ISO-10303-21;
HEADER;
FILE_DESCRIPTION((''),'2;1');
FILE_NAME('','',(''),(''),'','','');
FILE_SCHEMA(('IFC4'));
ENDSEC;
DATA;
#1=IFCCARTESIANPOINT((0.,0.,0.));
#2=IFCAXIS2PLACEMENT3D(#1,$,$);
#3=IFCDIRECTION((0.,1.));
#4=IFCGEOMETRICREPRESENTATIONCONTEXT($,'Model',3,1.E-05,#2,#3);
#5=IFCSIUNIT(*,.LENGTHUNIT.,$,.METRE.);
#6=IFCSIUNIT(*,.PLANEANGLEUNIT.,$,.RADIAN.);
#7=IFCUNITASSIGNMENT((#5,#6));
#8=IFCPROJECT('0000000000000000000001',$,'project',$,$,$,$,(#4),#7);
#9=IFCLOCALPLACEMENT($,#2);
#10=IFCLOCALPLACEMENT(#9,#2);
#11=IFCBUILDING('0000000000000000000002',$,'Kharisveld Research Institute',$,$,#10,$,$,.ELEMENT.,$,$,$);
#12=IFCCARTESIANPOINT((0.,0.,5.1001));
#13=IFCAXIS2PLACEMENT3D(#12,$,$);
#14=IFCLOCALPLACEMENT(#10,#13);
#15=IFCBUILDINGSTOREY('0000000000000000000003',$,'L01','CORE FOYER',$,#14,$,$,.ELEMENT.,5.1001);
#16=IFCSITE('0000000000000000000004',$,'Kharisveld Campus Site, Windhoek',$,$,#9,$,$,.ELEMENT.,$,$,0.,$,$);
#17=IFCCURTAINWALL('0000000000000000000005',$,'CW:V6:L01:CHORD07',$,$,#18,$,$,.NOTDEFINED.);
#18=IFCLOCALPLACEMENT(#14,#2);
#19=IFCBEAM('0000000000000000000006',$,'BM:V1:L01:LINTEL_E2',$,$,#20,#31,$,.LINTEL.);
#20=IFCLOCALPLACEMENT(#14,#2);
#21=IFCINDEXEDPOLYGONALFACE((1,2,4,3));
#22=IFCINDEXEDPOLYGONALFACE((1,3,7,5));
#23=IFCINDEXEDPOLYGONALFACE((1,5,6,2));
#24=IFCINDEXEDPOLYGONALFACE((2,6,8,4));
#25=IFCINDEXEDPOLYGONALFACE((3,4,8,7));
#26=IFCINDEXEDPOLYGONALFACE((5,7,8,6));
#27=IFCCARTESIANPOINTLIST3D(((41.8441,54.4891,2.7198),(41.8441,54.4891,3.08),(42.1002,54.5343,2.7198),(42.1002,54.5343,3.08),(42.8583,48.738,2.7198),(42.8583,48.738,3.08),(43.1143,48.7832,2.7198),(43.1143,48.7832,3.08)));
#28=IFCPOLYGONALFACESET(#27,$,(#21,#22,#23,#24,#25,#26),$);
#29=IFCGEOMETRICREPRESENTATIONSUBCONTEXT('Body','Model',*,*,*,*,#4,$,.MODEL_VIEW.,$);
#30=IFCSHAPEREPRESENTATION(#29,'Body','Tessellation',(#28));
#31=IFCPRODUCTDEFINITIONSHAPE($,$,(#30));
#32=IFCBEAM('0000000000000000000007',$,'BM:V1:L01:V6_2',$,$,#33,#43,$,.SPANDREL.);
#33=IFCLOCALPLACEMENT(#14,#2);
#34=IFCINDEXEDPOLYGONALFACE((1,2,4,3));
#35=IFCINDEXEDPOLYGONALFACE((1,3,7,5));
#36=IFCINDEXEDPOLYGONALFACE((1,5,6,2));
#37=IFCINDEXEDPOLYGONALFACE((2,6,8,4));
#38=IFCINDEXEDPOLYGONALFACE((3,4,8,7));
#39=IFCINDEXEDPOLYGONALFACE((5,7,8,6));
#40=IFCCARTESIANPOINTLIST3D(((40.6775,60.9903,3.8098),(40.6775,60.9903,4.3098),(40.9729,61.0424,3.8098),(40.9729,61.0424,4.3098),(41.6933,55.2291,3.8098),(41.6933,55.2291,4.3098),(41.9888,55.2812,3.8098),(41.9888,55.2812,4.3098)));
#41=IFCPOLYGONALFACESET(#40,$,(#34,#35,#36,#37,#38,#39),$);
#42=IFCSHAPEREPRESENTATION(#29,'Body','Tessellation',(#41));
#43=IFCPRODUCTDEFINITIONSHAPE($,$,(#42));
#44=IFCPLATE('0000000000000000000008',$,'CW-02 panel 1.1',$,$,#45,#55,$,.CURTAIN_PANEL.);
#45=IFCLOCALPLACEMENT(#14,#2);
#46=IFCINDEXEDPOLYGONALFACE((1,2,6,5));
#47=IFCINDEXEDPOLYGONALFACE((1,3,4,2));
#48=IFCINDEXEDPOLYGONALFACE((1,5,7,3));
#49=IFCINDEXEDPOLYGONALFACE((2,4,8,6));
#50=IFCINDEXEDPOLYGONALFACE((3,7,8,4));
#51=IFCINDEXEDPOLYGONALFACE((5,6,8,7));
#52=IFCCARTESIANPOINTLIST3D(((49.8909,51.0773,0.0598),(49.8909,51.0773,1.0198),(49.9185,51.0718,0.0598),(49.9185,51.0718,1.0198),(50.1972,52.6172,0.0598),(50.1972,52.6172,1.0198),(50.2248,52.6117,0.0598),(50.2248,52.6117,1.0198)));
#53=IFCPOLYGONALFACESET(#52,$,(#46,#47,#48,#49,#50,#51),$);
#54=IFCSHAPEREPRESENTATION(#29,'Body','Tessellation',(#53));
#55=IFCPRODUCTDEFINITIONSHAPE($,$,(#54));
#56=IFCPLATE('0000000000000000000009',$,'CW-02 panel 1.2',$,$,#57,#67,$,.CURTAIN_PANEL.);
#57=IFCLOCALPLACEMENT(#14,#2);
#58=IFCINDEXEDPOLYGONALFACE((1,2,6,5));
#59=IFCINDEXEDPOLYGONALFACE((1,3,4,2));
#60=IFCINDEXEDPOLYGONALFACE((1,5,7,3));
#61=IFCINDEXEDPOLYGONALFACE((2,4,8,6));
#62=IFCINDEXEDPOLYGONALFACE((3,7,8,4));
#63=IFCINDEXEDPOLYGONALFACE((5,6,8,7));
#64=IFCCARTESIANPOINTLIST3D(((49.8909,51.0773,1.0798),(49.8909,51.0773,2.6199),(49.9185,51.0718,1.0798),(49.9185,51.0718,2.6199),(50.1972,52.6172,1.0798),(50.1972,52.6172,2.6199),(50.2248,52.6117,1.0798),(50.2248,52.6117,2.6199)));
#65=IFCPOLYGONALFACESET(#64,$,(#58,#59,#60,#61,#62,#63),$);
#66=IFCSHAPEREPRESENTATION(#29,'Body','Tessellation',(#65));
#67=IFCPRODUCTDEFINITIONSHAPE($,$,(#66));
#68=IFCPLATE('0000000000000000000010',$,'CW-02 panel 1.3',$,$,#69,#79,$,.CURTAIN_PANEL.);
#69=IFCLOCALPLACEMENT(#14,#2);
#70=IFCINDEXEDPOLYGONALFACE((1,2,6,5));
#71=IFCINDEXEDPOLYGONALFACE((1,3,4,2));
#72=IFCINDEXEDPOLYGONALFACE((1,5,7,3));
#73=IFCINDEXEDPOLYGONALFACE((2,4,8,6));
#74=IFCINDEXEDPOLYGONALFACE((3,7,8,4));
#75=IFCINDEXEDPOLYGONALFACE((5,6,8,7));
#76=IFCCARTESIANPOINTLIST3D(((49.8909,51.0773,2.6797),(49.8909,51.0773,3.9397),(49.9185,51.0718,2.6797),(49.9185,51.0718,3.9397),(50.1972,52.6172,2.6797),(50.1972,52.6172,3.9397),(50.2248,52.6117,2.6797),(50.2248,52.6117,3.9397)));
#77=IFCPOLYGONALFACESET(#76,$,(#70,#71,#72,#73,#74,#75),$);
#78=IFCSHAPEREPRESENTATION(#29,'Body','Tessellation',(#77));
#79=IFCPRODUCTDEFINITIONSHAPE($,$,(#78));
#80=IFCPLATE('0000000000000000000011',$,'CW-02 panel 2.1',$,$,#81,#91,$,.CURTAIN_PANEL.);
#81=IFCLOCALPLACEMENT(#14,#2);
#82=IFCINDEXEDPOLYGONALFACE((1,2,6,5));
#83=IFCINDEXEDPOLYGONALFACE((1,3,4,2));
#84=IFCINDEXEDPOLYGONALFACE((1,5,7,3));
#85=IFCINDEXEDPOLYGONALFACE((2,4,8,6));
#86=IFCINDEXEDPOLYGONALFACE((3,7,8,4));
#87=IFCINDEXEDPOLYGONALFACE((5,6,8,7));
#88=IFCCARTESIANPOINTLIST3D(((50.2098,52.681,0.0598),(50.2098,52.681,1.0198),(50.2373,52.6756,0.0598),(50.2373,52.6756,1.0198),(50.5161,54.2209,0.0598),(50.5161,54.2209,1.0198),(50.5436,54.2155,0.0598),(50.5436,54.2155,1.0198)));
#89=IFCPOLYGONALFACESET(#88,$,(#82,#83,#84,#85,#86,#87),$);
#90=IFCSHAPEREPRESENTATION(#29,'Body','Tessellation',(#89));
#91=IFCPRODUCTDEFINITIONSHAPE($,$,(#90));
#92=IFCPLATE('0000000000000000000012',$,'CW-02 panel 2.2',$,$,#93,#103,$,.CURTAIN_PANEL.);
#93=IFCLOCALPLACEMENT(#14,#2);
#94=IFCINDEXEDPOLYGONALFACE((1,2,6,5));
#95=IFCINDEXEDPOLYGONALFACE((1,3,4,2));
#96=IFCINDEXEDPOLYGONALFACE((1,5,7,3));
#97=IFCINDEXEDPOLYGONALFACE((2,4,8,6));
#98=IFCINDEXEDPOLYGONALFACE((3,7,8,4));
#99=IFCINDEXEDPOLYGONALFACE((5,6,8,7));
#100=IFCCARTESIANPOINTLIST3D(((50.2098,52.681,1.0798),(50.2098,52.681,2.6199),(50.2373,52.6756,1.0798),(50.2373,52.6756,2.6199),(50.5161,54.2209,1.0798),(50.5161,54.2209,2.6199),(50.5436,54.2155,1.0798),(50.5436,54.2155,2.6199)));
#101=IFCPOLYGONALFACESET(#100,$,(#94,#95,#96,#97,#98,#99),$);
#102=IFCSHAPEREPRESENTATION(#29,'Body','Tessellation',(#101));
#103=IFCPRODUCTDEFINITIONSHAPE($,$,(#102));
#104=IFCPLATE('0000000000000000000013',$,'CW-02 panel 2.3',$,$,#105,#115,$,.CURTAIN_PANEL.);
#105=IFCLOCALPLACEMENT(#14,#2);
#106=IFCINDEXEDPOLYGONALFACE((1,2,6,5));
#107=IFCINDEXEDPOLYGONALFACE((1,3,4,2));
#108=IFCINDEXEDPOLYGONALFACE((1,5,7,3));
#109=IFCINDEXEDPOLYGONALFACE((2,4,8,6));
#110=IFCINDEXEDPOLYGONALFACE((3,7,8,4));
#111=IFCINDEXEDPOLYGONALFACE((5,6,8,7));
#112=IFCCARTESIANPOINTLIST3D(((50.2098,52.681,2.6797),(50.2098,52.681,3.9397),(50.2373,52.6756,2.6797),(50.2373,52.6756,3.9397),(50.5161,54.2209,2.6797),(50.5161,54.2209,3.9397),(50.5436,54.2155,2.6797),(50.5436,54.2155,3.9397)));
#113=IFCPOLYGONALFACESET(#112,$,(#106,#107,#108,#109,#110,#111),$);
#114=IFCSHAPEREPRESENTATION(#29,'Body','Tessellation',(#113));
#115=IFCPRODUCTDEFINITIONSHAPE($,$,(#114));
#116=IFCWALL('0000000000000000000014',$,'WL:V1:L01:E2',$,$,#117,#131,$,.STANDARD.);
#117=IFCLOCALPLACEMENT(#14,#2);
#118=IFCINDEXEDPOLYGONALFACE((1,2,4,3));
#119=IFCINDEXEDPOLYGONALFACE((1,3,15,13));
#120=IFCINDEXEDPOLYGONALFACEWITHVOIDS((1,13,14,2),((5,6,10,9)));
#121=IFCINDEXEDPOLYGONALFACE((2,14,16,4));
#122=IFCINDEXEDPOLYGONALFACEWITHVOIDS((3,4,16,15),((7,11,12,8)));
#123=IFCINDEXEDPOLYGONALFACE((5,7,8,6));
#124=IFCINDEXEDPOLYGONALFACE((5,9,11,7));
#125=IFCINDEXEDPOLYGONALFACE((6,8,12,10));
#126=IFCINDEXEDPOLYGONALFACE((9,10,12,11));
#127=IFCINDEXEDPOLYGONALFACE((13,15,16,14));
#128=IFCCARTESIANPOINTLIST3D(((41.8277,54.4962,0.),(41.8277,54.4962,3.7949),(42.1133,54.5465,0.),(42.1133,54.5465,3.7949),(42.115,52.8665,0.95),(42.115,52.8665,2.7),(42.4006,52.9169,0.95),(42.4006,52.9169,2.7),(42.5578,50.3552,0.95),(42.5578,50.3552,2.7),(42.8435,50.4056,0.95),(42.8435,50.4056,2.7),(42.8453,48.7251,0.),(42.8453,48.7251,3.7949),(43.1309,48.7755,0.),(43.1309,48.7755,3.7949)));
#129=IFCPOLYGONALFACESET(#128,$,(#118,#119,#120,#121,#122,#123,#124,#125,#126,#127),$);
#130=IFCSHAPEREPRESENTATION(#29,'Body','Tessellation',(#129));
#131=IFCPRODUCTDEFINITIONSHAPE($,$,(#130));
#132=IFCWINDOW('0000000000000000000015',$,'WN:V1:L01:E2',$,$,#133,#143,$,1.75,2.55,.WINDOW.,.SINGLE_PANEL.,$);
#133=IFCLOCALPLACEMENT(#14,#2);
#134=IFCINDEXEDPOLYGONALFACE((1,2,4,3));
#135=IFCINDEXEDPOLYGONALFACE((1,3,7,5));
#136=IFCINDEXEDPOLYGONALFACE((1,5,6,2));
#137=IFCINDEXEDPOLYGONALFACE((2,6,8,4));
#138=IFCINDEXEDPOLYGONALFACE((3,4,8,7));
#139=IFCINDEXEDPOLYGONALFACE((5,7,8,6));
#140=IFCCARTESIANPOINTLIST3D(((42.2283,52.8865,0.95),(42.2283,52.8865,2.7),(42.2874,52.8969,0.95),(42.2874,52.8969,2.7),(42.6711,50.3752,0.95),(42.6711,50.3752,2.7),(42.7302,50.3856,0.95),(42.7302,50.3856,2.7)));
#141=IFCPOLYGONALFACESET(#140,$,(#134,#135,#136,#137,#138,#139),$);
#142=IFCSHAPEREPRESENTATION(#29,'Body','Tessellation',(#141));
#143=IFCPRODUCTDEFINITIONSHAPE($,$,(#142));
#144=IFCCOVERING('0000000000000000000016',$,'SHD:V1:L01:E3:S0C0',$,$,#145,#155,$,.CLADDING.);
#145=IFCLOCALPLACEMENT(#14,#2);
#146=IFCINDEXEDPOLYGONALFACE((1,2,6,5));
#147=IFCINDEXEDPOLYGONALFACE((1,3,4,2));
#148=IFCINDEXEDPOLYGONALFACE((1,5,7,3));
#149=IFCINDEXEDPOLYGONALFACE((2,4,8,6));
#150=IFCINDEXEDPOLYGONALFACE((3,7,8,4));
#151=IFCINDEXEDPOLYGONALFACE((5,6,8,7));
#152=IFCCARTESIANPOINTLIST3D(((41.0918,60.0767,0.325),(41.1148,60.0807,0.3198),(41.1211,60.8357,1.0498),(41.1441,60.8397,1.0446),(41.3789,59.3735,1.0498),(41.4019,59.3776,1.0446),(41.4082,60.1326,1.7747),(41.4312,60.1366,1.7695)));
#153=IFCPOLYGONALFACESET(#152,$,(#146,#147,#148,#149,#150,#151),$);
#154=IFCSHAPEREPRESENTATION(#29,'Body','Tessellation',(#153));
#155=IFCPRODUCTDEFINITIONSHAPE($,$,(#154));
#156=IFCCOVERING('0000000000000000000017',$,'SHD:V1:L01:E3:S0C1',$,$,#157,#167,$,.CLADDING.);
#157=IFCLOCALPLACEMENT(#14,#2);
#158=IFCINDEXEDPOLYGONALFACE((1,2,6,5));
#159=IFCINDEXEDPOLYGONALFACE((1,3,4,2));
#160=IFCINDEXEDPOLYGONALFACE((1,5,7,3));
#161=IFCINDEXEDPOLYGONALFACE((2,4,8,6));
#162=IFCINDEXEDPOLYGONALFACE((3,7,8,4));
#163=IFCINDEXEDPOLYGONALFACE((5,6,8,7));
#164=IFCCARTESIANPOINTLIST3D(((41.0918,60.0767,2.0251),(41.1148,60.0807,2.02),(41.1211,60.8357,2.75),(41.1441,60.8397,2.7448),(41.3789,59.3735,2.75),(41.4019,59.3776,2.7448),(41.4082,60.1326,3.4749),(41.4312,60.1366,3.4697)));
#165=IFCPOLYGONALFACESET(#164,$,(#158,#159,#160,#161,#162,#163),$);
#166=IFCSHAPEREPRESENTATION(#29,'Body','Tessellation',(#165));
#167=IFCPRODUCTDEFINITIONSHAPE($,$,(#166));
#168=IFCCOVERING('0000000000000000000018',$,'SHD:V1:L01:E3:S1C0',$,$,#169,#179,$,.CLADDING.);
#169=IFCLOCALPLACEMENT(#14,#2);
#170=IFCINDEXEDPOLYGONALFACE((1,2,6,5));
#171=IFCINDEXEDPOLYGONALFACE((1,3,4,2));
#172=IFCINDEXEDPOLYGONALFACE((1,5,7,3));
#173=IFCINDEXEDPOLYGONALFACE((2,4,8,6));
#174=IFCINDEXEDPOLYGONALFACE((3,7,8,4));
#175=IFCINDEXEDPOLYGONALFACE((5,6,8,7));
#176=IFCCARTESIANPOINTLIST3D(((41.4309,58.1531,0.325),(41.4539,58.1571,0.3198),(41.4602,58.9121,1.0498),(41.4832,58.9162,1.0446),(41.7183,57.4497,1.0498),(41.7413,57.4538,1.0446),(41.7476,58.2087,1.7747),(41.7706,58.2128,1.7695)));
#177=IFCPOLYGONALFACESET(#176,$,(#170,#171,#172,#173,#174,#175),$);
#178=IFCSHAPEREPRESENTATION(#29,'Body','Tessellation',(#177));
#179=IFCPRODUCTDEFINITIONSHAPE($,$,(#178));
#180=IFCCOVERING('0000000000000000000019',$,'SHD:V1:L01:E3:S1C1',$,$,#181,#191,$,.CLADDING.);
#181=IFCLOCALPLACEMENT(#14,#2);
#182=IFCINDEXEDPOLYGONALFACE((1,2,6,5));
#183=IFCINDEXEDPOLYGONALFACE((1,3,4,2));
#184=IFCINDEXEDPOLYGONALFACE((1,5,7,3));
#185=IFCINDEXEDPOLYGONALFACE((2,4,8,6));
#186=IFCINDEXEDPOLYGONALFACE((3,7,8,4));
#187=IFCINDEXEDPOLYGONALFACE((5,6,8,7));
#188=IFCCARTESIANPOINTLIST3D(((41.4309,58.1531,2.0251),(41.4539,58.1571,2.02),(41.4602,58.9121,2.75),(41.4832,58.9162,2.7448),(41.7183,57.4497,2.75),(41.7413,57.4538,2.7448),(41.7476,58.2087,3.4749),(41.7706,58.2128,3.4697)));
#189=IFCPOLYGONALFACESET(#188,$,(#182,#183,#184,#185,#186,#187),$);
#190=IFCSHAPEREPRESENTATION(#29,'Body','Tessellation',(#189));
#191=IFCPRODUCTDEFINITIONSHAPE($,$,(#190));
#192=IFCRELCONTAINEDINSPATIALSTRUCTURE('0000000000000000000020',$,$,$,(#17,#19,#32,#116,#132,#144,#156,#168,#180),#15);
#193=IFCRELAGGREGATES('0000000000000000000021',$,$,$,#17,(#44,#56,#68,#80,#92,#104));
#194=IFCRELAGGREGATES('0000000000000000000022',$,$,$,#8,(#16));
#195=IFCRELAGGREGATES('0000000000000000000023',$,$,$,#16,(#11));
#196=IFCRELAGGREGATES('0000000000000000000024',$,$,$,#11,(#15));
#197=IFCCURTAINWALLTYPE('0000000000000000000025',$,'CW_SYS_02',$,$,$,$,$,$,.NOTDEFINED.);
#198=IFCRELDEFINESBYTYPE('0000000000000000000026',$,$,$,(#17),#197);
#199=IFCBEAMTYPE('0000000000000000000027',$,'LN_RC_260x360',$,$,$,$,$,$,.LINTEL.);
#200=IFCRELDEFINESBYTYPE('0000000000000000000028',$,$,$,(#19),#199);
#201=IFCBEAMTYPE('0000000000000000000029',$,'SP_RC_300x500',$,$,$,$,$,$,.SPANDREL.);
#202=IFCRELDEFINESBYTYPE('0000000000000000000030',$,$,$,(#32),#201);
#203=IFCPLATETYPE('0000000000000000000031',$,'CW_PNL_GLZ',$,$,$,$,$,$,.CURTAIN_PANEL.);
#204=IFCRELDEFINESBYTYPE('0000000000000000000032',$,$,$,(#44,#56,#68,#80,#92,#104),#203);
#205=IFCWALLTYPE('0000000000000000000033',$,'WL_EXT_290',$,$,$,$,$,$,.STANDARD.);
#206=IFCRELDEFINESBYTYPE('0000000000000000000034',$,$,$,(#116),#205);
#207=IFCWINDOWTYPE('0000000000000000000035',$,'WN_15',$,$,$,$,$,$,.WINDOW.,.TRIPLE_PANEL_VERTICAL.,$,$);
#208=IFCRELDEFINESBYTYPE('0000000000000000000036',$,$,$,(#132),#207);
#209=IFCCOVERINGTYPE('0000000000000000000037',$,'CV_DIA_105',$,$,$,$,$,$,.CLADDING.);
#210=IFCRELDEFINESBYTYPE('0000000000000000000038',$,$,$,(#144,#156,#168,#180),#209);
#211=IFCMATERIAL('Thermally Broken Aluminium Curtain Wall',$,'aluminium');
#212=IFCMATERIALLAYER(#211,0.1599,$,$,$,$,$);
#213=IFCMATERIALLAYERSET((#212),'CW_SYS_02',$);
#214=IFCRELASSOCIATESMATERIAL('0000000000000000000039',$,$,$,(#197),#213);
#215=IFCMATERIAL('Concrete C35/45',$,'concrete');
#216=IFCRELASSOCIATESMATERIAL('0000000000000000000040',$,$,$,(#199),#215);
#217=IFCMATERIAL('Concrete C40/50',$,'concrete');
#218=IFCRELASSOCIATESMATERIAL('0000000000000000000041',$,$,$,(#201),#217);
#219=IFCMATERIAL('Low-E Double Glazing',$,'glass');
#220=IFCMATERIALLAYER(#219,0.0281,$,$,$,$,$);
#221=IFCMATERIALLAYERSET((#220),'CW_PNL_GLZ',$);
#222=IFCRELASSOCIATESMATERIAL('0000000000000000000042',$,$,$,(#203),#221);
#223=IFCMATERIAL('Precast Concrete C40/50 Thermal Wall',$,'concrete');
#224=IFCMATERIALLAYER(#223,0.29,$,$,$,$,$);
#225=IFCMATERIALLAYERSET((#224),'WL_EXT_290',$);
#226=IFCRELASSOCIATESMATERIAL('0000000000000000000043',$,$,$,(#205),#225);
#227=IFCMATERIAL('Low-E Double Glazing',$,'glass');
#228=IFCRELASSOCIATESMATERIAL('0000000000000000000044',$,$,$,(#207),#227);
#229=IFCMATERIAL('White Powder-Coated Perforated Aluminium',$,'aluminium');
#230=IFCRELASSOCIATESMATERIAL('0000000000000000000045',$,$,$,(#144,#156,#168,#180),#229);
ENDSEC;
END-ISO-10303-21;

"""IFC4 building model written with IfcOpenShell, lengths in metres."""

from ifc_helpers import new_model, si_unit, direction, frame, frame_2d, origin, origin_2d, place, context, subcontext, project, spatial, polyline, rectangle, outline, extrude, material, layer, layer_set, material_profile, profile_set, type_object, element, fill, aggregate, save


model = new_model("IFC4")

# Units and contexts
model_context = context("Model", 3, precision=1e-05, world=origin(), true_north=direction((0.0, 1.0)))
body_context = subcontext(model_context, "Body", "Model", "MODEL_VIEW")
ifc_project = project(units=[si_unit("LENGTHUNIT", "METRE"), si_unit("PLANEANGLEUNIT", "RADIAN")], contexts=[model_context])

# Site, building, storey
site_placement = place(None, origin())
site = spatial("IfcSite", under=ifc_project, at=site_placement, Name="Kharisveld Campus Site, Windhoek", CompositionType="ELEMENT", RefElevation=0.0)
building_placement = place(site_placement, origin())
building = spatial("IfcBuilding", under=site, at=building_placement, Name="Kharisveld Research Institute", CompositionType="ELEMENT")
storey_placement = place(building_placement, frame((0.0, 0.0, 5.1001)))
storey = spatial("IfcBuildingStorey", under=building, at=storey_placement, Name="L01", Description="CORE FOYER", CompositionType="ELEMENT", Elevation=5.1001)

# Curtain wall
ifc_material_1 = material(Name="Thermally Broken Aluminium Curtain Wall", Category="aluminium")
ifc_layer_1 = layer(ifc_material_1, 0.1599)
ifc_layer_set_1 = layer_set([ifc_layer_1], Name="CW_SYS_02")
curtain_wall_type = type_object("IfcCurtainWallType", Name="CW_SYS_02", PredefinedType="NOTDEFINED", material=ifc_layer_set_1)
curtain_wall_placement = place(storey_placement, origin())
curtain_wall = element("IfcCurtainWall", 1, at=curtain_wall_placement, inside=storey, type_object=curtain_wall_type, Name="CW:V6:L01:CHORD07", PredefinedType="NOTDEFINED")

# Beams
ifc_material_2 = material(Name="Concrete C35/45", Category="concrete")
ifc_material_profile_1 = material_profile(ifc_material_2, rectangle(XDim=0.26, YDim=0.3601, at=origin_2d()))
ifc_profile_set_1 = profile_set([ifc_material_profile_1], Name="Concrete C35/45")
beam_type_1 = type_object("IfcBeamType", Name="LN_RC_260x360", PredefinedType="LINTEL", material=ifc_profile_set_1)
beam_1_placement = place(storey_placement, frame((41.9722, 54.5117, 2.8999), z_axis=(0.173659, -0.984806, 0.0), x_axis=(0.984806, 0.173659, 0.0)))
element("IfcBeam", 2, at=beam_1_placement, inside=storey, type_object=beam_type_1, Name="BM:V1:L01:LINTEL_E2", PredefinedType="LINTEL", context=body_context, shape_type="SweptSolid", body=[
    extrude(rectangle(XDim=0.26, YDim=0.3601, at=origin_2d()), origin(), (0.0, 0.0, 1.0), 5.8398),
])
ifc_material_3 = material(Name="Concrete C40/50", Category="concrete")
ifc_material_profile_2 = material_profile(ifc_material_3, rectangle(XDim=0.3, YDim=0.5, at=origin_2d()))
ifc_profile_set_2 = profile_set([ifc_material_profile_2], Name="Concrete C40/50")
beam_type_2 = type_object("IfcBeamType", Name="SP_RC_300x500", PredefinedType="SPANDREL", material=ifc_profile_set_2)
beam_2_placement = place(storey_placement, frame((41.8411, 55.2551, 4.0598), z_axis=(-0.17365, 0.984807, 0.0), x_axis=(-0.984807, -0.17365, 0.0)))
element("IfcBeam", 3, at=beam_2_placement, inside=storey, type_object=beam_type_2, Name="BM:V1:L01:V6_2", PredefinedType="SPANDREL", context=body_context, shape_type="SweptSolid", body=[
    extrude(rectangle(XDim=0.3, YDim=0.5, at=origin_2d()), origin(), (0.0, 0.0, 1.0), 5.8501),
])

# Plates
ifc_material_4 = material(Name="Low-E Double Glazing", Category="glass")
ifc_layer_2 = layer(ifc_material_4, 0.0281)
ifc_layer_set_2 = layer_set([ifc_layer_2], Name="CW_PNL_GLZ")
plate_type = type_object("IfcPlateType", Name="CW_PNL_GLZ", PredefinedType="CURTAIN_PANEL", material=ifc_layer_set_2)
plate_1_placement = place(storey_placement, frame((50.0579, 51.8445, 0.0598), z_axis=(0.0, 0.0, 1.0), x_axis=(0.195091, 0.980785, 0.0)))
plate_1 = element("IfcPlate", 4, at=plate_1_placement, type_object=plate_type, Name="CW-02 panel 1.1", PredefinedType="CURTAIN_PANEL", context=body_context, shape_type="SweptSolid", body=[
    extrude(rectangle(XDim=1.5701, YDim=0.0281, at=origin_2d()), origin(), (0.0, 0.0, 1.0), 0.96),
])
plate_2_placement = place(storey_placement, frame((50.0579, 51.8445, 1.0798), z_axis=(0.0, 0.0, 1.0), x_axis=(0.195091, 0.980785, 0.0)))
plate_2 = element("IfcPlate", 5, at=plate_2_placement, type_object=plate_type, Name="CW-02 panel 1.2", PredefinedType="CURTAIN_PANEL", context=body_context, shape_type="SweptSolid", body=[
    extrude(rectangle(XDim=1.5701, YDim=0.0281, at=origin_2d()), origin(), (0.0, 0.0, 1.0), 1.54),
])
plate_3_placement = place(storey_placement, frame((50.0579, 51.8445, 2.6797), z_axis=(0.0, 0.0, 1.0), x_axis=(0.195091, 0.980785, 0.0)))
plate_3 = element("IfcPlate", 6, at=plate_3_placement, type_object=plate_type, Name="CW-02 panel 1.3", PredefinedType="CURTAIN_PANEL", context=body_context, shape_type="SweptSolid", body=[
    extrude(rectangle(XDim=1.5701, YDim=0.0281, at=origin_2d()), origin(), (0.0, 0.0, 1.0), 1.26),
])
plate_4_placement = place(storey_placement, frame((50.3767, 53.4482, 0.0598), z_axis=(0.0, 0.0, 1.0), x_axis=(0.195091, 0.980785, 0.0)))
plate_4 = element("IfcPlate", 7, at=plate_4_placement, type_object=plate_type, Name="CW-02 panel 2.1", PredefinedType="CURTAIN_PANEL", context=body_context, shape_type="SweptSolid", body=[
    extrude(rectangle(XDim=1.5701, YDim=0.0281, at=origin_2d()), origin(), (0.0, 0.0, 1.0), 0.96),
])
plate_5_placement = place(storey_placement, frame((50.3767, 53.4482, 1.0798), z_axis=(0.0, 0.0, 1.0), x_axis=(0.195091, 0.980785, 0.0)))
plate_5 = element("IfcPlate", 8, at=plate_5_placement, type_object=plate_type, Name="CW-02 panel 2.2", PredefinedType="CURTAIN_PANEL", context=body_context, shape_type="SweptSolid", body=[
    extrude(rectangle(XDim=1.5701, YDim=0.0281, at=origin_2d()), origin(), (0.0, 0.0, 1.0), 1.54),
])
plate_6_placement = place(storey_placement, frame((50.3767, 53.4482, 2.6797), z_axis=(0.0, 0.0, 1.0), x_axis=(0.195091, 0.980785, 0.0)))
plate_6 = element("IfcPlate", 9, at=plate_6_placement, type_object=plate_type, Name="CW-02 panel 2.3", PredefinedType="CURTAIN_PANEL", context=body_context, shape_type="SweptSolid", body=[
    extrude(rectangle(XDim=1.5701, YDim=0.0281, at=origin_2d()), origin(), (0.0, 0.0, 1.0), 1.26),
])
aggregate(curtain_wall, [plate_1, plate_2, plate_3, plate_4, plate_5, plate_6])

# Wall, opening, window
ifc_material_5 = material(Name="Precast Concrete C40/50 Thermal Wall", Category="concrete")
ifc_layer_3 = layer(ifc_material_5, 0.29)
ifc_layer_set_3 = layer_set([ifc_layer_3], Name="WL_EXT_290")
wall_type = type_object("IfcWallType", Name="WL_EXT_290", PredefinedType="STANDARD", material=ifc_layer_set_3)
wall_placement = place(storey_placement, frame((41.9705, 54.5215, 0.0), z_axis=(0.0, 0.0, 1.0), x_axis=(0.173647, -0.984808, 0.0)))
wall = element("IfcWall", 10, at=wall_placement, inside=storey, type_object=wall_type, Name="WL:V1:L01:E2", PredefinedType="STANDARD", context=body_context, shape_type="SweptSolid", body=[
    extrude(rectangle(XDim=5.8601, YDim=0.29, at=frame_2d((2.9302, 0.0))), origin(), (0.0, 0.0, 1.0), 3.7949),
])
opening_placement = place(wall_placement, frame((1.655, 0.0, 0.95)))
opening = element("IfcOpeningElement", 11, at=opening_placement, cuts=wall, PredefinedType="OPENING", context=body_context, shape_type="SweptSolid", body=[
    extrude(rectangle(XDim=2.55, YDim=1.75, at=frame_2d((1.2749, 0.875))), frame((0.0, 0.145, 0.0), z_axis=(0.0, -1.0, 0.0), x_axis=(1.0, 0.0, 0.0)), (0.0, 0.0, 1.0), 0.29),
])
ifc_material_6 = material(Name="Low-E Double Glazing", Category="glass")
window_type = type_object("IfcWindowType", Name="WN_15", PartitioningType="TRIPLE_PANEL_VERTICAL", PredefinedType="WINDOW", material=ifc_material_6)
window_placement = place(opening_placement, origin())
window = element("IfcWindow", 12, at=window_placement, inside=storey, type_object=window_type, Name="WN:V1:L01:E2", OverallHeight=1.75, OverallWidth=2.55, PartitioningType="SINGLE_PANEL", PredefinedType="WINDOW", context=body_context, shape_type="SweptSolid", body=[
    extrude(rectangle(XDim=2.55, YDim=1.75, at=frame_2d((1.2749, 0.875))), frame((0.0, 0.03, 0.0), z_axis=(0.0, -1.0, 0.0), x_axis=(1.0, 0.0, 0.0)), (0.0, 0.0, 1.0), 0.0601),
])
fill(opening, window)

# Coverings
ifc_material_7 = material(Name="White Powder-Coated Perforated Aluminium", Category="aluminium")
covering_type = type_object("IfcCoveringType", Name="CV_DIA_105", PredefinedType="CLADDING")
for number, where, z_axis, x_axis, name in (
    (13, (41.0918, 60.0767, 0.325), (-0.961476, -0.169531, 0.216385), (0.273471, -0.669725, 0.690421), "SHD:V1:L01:E3:S0C0"),
    (14, (41.0918, 60.0767, 2.0251), (-0.961476, -0.169531, 0.216385), (0.273471, -0.669725, 0.690421), "SHD:V1:L01:E3:S0C1"),
):
    element("IfcCovering", number, at=place(storey_placement, frame(where, z_axis=z_axis, x_axis=x_axis)), inside=storey, type_object=covering_type, material=ifc_material_7, Name=name, PredefinedType="CLADDING", context=body_context, shape_type="SweptSolid", body=[
        extrude(outline(polyline([(0.0, 0.0), (1.0499, 0.0), (1.05, 1.05), (0.0001, 1.05), (0.0, 0.0)])), origin(), (0.0, 0.0, -1.0), 0.0239),
    ])
for number, where, z_axis, x_axis, name in (
    (15, (41.4309, 58.1531, 0.325), (-0.961426, -0.169654, 0.216512), (0.273644, -0.669811, 0.69027), "SHD:V1:L01:E3:S1C0"),
    (16, (41.4309, 58.1531, 2.0251), (-0.961426, -0.169654, 0.216512), (0.273644, -0.669811, 0.69027), "SHD:V1:L01:E3:S1C1"),
):
    element("IfcCovering", number, at=place(storey_placement, frame(where, z_axis=z_axis, x_axis=x_axis)), inside=storey, type_object=covering_type, material=ifc_material_7, Name=name, PredefinedType="CLADDING", context=body_context, shape_type="SweptSolid", body=[
        extrude(outline(polyline([(0.0, 0.0), (1.0501, 0.0), (1.0501, 1.05), (0.0, 1.05), (0.0, 0.0)])), origin(), (0.0, 0.0, -1.0), 0.0239),
    ])

save(model, "model.ifc")
